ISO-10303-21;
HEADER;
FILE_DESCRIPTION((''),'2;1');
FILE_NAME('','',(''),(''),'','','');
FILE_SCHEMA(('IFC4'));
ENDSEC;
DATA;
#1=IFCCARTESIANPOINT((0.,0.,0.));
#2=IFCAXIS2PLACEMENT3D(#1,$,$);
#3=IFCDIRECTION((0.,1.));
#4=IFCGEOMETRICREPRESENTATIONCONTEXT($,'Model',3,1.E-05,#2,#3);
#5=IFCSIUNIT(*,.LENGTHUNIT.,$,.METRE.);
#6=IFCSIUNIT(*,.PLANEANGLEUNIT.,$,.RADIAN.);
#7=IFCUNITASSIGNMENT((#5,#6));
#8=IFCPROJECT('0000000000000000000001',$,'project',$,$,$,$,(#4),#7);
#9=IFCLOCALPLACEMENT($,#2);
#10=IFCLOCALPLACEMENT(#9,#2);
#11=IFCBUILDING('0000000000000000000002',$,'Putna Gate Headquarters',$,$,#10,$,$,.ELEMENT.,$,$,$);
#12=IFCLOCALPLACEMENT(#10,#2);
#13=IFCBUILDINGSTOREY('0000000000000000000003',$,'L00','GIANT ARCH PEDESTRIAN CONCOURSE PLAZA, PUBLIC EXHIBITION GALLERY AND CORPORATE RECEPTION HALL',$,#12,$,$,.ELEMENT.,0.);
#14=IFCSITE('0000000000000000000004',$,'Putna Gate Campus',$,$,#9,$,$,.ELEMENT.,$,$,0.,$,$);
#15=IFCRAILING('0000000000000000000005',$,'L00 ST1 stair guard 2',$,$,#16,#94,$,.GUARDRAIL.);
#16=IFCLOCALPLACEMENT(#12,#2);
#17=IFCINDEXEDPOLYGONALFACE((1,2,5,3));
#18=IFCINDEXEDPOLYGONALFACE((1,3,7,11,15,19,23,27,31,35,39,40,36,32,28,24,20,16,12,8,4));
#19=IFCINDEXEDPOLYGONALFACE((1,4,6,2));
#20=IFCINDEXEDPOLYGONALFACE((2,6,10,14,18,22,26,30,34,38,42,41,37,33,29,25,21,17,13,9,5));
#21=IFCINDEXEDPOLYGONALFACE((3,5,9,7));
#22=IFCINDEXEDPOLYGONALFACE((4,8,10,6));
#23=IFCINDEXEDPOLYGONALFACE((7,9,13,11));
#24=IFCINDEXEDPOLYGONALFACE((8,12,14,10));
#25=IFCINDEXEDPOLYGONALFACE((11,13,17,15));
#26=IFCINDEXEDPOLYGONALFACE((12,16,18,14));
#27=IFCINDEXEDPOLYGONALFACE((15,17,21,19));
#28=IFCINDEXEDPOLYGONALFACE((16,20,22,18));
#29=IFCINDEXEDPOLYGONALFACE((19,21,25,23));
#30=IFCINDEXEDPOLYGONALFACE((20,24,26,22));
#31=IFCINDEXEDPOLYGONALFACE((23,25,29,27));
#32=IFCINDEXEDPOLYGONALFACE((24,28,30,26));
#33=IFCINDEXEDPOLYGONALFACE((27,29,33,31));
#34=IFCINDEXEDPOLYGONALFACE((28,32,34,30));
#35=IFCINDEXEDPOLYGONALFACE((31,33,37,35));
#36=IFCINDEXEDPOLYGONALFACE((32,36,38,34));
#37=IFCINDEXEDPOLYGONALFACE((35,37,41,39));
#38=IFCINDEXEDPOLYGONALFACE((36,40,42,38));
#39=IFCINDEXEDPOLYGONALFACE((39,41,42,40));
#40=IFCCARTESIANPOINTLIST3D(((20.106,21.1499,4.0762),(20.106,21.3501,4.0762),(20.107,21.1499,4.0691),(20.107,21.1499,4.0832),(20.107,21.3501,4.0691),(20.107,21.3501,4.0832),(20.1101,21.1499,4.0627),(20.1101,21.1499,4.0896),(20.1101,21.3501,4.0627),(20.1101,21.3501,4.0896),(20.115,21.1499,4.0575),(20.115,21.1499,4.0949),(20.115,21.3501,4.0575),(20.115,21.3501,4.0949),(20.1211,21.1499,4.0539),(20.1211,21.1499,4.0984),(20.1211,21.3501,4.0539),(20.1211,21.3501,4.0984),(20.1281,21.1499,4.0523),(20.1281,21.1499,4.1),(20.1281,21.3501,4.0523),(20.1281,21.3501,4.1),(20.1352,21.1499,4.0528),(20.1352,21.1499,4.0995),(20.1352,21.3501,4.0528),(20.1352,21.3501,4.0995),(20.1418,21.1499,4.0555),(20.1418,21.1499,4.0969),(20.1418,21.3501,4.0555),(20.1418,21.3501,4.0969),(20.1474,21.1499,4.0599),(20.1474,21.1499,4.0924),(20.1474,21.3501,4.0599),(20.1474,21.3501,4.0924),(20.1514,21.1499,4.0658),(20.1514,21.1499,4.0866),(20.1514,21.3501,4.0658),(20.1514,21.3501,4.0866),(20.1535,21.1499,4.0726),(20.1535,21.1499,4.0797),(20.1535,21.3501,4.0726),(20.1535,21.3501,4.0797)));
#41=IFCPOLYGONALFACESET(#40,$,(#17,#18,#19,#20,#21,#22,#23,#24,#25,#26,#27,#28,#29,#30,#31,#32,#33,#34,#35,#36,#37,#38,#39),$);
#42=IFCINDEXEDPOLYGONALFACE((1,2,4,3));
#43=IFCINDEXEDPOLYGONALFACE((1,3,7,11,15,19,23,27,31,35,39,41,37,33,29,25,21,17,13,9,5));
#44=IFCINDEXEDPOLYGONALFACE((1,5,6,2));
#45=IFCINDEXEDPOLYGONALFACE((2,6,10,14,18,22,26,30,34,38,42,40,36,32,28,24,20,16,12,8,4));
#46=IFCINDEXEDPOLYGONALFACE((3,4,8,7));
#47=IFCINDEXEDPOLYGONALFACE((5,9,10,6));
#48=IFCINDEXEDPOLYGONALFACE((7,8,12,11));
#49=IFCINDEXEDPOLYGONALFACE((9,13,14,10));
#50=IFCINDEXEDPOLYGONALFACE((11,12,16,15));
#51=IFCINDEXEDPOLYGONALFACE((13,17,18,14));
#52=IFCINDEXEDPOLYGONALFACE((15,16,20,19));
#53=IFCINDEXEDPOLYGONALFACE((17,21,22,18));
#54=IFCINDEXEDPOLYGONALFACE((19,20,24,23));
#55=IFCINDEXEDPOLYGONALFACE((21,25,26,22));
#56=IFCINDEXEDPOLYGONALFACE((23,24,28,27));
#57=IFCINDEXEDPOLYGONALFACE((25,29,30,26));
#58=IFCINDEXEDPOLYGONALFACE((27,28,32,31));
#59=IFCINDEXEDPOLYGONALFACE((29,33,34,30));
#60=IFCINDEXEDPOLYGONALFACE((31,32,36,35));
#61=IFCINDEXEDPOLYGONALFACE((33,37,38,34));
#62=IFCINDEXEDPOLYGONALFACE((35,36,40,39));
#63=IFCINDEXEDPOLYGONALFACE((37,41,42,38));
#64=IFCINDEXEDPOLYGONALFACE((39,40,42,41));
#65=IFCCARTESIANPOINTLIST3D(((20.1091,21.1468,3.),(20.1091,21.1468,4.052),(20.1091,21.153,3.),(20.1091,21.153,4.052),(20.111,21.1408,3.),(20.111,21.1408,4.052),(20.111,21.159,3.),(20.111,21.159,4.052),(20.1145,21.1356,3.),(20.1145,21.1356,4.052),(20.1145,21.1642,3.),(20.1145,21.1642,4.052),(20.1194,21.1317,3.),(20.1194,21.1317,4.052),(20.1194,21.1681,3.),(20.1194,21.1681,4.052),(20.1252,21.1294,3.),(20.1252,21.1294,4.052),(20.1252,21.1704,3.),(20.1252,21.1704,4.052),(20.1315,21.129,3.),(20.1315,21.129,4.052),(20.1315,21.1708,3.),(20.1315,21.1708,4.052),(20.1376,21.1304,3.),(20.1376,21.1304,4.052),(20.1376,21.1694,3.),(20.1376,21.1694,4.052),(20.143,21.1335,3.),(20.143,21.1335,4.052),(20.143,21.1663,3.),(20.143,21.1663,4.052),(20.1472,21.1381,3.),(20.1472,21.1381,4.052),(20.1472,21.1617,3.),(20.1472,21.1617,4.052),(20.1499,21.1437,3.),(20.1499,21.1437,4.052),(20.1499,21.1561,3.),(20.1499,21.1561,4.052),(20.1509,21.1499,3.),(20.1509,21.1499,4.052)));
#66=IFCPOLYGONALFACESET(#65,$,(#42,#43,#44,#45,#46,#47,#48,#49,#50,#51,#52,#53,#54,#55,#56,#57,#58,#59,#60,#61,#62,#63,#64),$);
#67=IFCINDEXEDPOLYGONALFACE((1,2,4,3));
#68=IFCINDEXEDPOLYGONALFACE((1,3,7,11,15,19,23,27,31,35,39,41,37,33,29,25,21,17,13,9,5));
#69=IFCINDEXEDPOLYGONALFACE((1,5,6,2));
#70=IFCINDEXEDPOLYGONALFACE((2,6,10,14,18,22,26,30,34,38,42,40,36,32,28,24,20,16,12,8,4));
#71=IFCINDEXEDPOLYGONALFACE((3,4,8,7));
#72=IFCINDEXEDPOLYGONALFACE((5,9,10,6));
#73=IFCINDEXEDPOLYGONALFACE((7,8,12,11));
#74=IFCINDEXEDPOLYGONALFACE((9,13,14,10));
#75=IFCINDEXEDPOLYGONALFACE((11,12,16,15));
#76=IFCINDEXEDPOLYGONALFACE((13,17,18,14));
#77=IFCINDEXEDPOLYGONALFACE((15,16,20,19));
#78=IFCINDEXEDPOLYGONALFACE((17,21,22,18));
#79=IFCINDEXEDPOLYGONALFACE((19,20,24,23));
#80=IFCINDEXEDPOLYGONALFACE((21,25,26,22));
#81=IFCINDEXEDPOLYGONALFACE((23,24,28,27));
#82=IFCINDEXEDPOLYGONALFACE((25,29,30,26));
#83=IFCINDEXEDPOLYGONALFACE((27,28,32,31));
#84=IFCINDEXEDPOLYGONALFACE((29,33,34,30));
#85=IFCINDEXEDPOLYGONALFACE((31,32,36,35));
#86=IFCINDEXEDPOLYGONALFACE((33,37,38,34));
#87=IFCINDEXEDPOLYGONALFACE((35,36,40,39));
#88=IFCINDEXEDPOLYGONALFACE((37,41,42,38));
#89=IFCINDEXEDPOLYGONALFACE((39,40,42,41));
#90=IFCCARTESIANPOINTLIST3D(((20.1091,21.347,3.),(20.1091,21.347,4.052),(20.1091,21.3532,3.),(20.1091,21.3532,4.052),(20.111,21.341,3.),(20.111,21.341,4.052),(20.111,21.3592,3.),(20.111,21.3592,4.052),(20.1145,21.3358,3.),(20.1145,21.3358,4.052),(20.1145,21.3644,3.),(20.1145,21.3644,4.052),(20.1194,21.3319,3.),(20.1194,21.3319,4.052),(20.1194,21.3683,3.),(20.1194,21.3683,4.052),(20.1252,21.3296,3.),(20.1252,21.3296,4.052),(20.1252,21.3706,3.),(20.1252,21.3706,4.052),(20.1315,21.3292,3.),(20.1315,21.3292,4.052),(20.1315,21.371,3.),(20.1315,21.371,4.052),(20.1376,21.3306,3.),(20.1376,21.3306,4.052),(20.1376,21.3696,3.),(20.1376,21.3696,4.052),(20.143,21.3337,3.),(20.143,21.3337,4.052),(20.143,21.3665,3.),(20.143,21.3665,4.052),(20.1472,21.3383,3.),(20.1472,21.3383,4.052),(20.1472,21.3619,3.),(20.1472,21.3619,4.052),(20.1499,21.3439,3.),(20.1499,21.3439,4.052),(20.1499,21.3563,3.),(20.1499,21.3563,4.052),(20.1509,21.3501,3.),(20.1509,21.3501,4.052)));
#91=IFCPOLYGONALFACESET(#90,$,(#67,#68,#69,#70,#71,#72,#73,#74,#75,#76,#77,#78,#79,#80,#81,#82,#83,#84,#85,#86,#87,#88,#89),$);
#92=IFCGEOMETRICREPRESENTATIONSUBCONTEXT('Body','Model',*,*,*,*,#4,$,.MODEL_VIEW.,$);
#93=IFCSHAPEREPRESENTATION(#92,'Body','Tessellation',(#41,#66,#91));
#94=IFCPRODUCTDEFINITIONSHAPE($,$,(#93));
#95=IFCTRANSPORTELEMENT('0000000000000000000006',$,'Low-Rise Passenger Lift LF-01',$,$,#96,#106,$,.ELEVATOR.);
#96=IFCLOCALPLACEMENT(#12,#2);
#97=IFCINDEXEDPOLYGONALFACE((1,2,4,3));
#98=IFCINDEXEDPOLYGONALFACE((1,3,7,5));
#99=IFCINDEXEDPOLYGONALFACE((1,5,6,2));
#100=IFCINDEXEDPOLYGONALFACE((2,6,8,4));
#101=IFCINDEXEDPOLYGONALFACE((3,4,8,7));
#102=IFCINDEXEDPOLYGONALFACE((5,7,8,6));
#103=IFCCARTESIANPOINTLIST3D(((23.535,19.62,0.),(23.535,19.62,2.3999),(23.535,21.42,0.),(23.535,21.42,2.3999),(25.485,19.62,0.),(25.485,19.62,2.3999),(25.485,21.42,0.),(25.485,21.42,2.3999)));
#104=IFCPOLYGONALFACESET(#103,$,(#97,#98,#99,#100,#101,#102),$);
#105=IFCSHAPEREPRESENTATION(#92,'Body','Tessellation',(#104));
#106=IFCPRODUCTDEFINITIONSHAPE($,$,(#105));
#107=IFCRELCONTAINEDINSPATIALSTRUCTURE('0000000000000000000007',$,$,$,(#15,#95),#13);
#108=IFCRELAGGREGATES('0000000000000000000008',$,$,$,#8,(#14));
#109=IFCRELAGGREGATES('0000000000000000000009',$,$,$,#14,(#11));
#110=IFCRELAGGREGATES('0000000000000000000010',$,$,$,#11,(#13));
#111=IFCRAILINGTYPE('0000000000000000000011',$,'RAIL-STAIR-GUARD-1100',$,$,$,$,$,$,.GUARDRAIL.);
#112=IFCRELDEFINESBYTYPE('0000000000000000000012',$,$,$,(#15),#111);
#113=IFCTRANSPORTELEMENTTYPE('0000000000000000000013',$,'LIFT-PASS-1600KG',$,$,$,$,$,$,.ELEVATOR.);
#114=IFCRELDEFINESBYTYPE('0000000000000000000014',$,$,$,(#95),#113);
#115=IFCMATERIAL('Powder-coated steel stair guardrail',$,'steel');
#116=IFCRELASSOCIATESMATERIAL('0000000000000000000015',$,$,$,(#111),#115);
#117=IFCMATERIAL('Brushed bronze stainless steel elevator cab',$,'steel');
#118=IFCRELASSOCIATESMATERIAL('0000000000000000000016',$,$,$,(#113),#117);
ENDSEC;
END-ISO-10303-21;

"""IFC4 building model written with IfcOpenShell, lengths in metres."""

from ifc_helpers import new_model, si_unit, direction, frame, origin, origin_2d, place, context, subcontext, project, spatial, rectangle, circle, extrude, material, type_object, element, save


model = new_model("IFC4")

# Units and contexts
model_context = context("Model", 3, precision=1e-05, world=origin(), true_north=direction((0.0, 1.0)))
body_context = subcontext(model_context, "Body", "Model", "MODEL_VIEW")
ifc_project = project(units=[si_unit("LENGTHUNIT", "METRE"), si_unit("PLANEANGLEUNIT", "RADIAN")], contexts=[model_context])

# Site, building, storey
site_placement = place(None, origin())
site = spatial("IfcSite", under=ifc_project, at=site_placement, Name="Putna Gate Campus", CompositionType="ELEMENT", RefElevation=0.0)
building_placement = place(site_placement, origin())
building = spatial("IfcBuilding", under=site, at=building_placement, Name="Putna Gate Headquarters", CompositionType="ELEMENT")
storey_placement = place(building_placement, origin())
storey = spatial("IfcBuildingStorey", under=building, at=storey_placement, Name="L00", Description="GIANT ARCH PEDESTRIAN CONCOURSE PLAZA, PUBLIC EXHIBITION GALLERY AND CORPORATE RECEPTION HALL", CompositionType="ELEMENT", Elevation=0.0)

# Railing
ifc_material_1 = material(Name="Powder-coated steel stair guardrail", Category="steel")
railing_type = type_object("IfcRailingType", Name="RAIL-STAIR-GUARD-1100", PredefinedType="GUARDRAIL", material=ifc_material_1)
railing_1_placement = place(storey_placement, frame((20.1299, 21.1499, 3.0)))
element("IfcRailing", 1, at=railing_1_placement, inside=storey, type_object=railing_type, Name="L00 ST1 stair guard 2", PredefinedType="GUARDRAIL", context=body_context, shape_type="SweptSolid", body=[
    extrude(circle(Radius=0.0239, at=origin_2d()), frame((0.0, 0.0, 1.0762), z_axis=(0.0, 1.0, 0.0), x_axis=(-1.0, 0.0, 0.0)), (0.0, 0.0, 1.0), 0.2002),
    extrude(circle(Radius=0.021, at=origin_2d()), origin(), (0.0, 0.0, 1.0), 1.052),
    extrude(circle(Radius=0.021, at=origin_2d()), frame((0.0, 0.2002, 0.0)), (0.0, 0.0, 1.0), 1.052),
])

# Transport element
ifc_material_2 = material(Name="Brushed bronze stainless steel elevator cab", Category="steel")
transport_element_type = type_object("IfcTransportElementType", Name="LIFT-PASS-1600KG", PredefinedType="ELEVATOR", material=ifc_material_2)
transport_element_placement = place(storey_placement, frame((24.51, 20.52, 0.0), z_axis=(0.0, 0.0, 1.0), x_axis=(1.0, 0.0, 0.0)))
element("IfcTransportElement", 2, at=transport_element_placement, inside=storey, type_object=transport_element_type, Name="Low-Rise Passenger Lift LF-01", PredefinedType="ELEVATOR", context=body_context, shape_type="SweptSolid", body=[
    extrude(rectangle(XDim=1.95, YDim=1.8, at=origin_2d()), origin(), (0.0, 0.0, 1.0), 2.3999),
])

save(model, "model.ifc")
